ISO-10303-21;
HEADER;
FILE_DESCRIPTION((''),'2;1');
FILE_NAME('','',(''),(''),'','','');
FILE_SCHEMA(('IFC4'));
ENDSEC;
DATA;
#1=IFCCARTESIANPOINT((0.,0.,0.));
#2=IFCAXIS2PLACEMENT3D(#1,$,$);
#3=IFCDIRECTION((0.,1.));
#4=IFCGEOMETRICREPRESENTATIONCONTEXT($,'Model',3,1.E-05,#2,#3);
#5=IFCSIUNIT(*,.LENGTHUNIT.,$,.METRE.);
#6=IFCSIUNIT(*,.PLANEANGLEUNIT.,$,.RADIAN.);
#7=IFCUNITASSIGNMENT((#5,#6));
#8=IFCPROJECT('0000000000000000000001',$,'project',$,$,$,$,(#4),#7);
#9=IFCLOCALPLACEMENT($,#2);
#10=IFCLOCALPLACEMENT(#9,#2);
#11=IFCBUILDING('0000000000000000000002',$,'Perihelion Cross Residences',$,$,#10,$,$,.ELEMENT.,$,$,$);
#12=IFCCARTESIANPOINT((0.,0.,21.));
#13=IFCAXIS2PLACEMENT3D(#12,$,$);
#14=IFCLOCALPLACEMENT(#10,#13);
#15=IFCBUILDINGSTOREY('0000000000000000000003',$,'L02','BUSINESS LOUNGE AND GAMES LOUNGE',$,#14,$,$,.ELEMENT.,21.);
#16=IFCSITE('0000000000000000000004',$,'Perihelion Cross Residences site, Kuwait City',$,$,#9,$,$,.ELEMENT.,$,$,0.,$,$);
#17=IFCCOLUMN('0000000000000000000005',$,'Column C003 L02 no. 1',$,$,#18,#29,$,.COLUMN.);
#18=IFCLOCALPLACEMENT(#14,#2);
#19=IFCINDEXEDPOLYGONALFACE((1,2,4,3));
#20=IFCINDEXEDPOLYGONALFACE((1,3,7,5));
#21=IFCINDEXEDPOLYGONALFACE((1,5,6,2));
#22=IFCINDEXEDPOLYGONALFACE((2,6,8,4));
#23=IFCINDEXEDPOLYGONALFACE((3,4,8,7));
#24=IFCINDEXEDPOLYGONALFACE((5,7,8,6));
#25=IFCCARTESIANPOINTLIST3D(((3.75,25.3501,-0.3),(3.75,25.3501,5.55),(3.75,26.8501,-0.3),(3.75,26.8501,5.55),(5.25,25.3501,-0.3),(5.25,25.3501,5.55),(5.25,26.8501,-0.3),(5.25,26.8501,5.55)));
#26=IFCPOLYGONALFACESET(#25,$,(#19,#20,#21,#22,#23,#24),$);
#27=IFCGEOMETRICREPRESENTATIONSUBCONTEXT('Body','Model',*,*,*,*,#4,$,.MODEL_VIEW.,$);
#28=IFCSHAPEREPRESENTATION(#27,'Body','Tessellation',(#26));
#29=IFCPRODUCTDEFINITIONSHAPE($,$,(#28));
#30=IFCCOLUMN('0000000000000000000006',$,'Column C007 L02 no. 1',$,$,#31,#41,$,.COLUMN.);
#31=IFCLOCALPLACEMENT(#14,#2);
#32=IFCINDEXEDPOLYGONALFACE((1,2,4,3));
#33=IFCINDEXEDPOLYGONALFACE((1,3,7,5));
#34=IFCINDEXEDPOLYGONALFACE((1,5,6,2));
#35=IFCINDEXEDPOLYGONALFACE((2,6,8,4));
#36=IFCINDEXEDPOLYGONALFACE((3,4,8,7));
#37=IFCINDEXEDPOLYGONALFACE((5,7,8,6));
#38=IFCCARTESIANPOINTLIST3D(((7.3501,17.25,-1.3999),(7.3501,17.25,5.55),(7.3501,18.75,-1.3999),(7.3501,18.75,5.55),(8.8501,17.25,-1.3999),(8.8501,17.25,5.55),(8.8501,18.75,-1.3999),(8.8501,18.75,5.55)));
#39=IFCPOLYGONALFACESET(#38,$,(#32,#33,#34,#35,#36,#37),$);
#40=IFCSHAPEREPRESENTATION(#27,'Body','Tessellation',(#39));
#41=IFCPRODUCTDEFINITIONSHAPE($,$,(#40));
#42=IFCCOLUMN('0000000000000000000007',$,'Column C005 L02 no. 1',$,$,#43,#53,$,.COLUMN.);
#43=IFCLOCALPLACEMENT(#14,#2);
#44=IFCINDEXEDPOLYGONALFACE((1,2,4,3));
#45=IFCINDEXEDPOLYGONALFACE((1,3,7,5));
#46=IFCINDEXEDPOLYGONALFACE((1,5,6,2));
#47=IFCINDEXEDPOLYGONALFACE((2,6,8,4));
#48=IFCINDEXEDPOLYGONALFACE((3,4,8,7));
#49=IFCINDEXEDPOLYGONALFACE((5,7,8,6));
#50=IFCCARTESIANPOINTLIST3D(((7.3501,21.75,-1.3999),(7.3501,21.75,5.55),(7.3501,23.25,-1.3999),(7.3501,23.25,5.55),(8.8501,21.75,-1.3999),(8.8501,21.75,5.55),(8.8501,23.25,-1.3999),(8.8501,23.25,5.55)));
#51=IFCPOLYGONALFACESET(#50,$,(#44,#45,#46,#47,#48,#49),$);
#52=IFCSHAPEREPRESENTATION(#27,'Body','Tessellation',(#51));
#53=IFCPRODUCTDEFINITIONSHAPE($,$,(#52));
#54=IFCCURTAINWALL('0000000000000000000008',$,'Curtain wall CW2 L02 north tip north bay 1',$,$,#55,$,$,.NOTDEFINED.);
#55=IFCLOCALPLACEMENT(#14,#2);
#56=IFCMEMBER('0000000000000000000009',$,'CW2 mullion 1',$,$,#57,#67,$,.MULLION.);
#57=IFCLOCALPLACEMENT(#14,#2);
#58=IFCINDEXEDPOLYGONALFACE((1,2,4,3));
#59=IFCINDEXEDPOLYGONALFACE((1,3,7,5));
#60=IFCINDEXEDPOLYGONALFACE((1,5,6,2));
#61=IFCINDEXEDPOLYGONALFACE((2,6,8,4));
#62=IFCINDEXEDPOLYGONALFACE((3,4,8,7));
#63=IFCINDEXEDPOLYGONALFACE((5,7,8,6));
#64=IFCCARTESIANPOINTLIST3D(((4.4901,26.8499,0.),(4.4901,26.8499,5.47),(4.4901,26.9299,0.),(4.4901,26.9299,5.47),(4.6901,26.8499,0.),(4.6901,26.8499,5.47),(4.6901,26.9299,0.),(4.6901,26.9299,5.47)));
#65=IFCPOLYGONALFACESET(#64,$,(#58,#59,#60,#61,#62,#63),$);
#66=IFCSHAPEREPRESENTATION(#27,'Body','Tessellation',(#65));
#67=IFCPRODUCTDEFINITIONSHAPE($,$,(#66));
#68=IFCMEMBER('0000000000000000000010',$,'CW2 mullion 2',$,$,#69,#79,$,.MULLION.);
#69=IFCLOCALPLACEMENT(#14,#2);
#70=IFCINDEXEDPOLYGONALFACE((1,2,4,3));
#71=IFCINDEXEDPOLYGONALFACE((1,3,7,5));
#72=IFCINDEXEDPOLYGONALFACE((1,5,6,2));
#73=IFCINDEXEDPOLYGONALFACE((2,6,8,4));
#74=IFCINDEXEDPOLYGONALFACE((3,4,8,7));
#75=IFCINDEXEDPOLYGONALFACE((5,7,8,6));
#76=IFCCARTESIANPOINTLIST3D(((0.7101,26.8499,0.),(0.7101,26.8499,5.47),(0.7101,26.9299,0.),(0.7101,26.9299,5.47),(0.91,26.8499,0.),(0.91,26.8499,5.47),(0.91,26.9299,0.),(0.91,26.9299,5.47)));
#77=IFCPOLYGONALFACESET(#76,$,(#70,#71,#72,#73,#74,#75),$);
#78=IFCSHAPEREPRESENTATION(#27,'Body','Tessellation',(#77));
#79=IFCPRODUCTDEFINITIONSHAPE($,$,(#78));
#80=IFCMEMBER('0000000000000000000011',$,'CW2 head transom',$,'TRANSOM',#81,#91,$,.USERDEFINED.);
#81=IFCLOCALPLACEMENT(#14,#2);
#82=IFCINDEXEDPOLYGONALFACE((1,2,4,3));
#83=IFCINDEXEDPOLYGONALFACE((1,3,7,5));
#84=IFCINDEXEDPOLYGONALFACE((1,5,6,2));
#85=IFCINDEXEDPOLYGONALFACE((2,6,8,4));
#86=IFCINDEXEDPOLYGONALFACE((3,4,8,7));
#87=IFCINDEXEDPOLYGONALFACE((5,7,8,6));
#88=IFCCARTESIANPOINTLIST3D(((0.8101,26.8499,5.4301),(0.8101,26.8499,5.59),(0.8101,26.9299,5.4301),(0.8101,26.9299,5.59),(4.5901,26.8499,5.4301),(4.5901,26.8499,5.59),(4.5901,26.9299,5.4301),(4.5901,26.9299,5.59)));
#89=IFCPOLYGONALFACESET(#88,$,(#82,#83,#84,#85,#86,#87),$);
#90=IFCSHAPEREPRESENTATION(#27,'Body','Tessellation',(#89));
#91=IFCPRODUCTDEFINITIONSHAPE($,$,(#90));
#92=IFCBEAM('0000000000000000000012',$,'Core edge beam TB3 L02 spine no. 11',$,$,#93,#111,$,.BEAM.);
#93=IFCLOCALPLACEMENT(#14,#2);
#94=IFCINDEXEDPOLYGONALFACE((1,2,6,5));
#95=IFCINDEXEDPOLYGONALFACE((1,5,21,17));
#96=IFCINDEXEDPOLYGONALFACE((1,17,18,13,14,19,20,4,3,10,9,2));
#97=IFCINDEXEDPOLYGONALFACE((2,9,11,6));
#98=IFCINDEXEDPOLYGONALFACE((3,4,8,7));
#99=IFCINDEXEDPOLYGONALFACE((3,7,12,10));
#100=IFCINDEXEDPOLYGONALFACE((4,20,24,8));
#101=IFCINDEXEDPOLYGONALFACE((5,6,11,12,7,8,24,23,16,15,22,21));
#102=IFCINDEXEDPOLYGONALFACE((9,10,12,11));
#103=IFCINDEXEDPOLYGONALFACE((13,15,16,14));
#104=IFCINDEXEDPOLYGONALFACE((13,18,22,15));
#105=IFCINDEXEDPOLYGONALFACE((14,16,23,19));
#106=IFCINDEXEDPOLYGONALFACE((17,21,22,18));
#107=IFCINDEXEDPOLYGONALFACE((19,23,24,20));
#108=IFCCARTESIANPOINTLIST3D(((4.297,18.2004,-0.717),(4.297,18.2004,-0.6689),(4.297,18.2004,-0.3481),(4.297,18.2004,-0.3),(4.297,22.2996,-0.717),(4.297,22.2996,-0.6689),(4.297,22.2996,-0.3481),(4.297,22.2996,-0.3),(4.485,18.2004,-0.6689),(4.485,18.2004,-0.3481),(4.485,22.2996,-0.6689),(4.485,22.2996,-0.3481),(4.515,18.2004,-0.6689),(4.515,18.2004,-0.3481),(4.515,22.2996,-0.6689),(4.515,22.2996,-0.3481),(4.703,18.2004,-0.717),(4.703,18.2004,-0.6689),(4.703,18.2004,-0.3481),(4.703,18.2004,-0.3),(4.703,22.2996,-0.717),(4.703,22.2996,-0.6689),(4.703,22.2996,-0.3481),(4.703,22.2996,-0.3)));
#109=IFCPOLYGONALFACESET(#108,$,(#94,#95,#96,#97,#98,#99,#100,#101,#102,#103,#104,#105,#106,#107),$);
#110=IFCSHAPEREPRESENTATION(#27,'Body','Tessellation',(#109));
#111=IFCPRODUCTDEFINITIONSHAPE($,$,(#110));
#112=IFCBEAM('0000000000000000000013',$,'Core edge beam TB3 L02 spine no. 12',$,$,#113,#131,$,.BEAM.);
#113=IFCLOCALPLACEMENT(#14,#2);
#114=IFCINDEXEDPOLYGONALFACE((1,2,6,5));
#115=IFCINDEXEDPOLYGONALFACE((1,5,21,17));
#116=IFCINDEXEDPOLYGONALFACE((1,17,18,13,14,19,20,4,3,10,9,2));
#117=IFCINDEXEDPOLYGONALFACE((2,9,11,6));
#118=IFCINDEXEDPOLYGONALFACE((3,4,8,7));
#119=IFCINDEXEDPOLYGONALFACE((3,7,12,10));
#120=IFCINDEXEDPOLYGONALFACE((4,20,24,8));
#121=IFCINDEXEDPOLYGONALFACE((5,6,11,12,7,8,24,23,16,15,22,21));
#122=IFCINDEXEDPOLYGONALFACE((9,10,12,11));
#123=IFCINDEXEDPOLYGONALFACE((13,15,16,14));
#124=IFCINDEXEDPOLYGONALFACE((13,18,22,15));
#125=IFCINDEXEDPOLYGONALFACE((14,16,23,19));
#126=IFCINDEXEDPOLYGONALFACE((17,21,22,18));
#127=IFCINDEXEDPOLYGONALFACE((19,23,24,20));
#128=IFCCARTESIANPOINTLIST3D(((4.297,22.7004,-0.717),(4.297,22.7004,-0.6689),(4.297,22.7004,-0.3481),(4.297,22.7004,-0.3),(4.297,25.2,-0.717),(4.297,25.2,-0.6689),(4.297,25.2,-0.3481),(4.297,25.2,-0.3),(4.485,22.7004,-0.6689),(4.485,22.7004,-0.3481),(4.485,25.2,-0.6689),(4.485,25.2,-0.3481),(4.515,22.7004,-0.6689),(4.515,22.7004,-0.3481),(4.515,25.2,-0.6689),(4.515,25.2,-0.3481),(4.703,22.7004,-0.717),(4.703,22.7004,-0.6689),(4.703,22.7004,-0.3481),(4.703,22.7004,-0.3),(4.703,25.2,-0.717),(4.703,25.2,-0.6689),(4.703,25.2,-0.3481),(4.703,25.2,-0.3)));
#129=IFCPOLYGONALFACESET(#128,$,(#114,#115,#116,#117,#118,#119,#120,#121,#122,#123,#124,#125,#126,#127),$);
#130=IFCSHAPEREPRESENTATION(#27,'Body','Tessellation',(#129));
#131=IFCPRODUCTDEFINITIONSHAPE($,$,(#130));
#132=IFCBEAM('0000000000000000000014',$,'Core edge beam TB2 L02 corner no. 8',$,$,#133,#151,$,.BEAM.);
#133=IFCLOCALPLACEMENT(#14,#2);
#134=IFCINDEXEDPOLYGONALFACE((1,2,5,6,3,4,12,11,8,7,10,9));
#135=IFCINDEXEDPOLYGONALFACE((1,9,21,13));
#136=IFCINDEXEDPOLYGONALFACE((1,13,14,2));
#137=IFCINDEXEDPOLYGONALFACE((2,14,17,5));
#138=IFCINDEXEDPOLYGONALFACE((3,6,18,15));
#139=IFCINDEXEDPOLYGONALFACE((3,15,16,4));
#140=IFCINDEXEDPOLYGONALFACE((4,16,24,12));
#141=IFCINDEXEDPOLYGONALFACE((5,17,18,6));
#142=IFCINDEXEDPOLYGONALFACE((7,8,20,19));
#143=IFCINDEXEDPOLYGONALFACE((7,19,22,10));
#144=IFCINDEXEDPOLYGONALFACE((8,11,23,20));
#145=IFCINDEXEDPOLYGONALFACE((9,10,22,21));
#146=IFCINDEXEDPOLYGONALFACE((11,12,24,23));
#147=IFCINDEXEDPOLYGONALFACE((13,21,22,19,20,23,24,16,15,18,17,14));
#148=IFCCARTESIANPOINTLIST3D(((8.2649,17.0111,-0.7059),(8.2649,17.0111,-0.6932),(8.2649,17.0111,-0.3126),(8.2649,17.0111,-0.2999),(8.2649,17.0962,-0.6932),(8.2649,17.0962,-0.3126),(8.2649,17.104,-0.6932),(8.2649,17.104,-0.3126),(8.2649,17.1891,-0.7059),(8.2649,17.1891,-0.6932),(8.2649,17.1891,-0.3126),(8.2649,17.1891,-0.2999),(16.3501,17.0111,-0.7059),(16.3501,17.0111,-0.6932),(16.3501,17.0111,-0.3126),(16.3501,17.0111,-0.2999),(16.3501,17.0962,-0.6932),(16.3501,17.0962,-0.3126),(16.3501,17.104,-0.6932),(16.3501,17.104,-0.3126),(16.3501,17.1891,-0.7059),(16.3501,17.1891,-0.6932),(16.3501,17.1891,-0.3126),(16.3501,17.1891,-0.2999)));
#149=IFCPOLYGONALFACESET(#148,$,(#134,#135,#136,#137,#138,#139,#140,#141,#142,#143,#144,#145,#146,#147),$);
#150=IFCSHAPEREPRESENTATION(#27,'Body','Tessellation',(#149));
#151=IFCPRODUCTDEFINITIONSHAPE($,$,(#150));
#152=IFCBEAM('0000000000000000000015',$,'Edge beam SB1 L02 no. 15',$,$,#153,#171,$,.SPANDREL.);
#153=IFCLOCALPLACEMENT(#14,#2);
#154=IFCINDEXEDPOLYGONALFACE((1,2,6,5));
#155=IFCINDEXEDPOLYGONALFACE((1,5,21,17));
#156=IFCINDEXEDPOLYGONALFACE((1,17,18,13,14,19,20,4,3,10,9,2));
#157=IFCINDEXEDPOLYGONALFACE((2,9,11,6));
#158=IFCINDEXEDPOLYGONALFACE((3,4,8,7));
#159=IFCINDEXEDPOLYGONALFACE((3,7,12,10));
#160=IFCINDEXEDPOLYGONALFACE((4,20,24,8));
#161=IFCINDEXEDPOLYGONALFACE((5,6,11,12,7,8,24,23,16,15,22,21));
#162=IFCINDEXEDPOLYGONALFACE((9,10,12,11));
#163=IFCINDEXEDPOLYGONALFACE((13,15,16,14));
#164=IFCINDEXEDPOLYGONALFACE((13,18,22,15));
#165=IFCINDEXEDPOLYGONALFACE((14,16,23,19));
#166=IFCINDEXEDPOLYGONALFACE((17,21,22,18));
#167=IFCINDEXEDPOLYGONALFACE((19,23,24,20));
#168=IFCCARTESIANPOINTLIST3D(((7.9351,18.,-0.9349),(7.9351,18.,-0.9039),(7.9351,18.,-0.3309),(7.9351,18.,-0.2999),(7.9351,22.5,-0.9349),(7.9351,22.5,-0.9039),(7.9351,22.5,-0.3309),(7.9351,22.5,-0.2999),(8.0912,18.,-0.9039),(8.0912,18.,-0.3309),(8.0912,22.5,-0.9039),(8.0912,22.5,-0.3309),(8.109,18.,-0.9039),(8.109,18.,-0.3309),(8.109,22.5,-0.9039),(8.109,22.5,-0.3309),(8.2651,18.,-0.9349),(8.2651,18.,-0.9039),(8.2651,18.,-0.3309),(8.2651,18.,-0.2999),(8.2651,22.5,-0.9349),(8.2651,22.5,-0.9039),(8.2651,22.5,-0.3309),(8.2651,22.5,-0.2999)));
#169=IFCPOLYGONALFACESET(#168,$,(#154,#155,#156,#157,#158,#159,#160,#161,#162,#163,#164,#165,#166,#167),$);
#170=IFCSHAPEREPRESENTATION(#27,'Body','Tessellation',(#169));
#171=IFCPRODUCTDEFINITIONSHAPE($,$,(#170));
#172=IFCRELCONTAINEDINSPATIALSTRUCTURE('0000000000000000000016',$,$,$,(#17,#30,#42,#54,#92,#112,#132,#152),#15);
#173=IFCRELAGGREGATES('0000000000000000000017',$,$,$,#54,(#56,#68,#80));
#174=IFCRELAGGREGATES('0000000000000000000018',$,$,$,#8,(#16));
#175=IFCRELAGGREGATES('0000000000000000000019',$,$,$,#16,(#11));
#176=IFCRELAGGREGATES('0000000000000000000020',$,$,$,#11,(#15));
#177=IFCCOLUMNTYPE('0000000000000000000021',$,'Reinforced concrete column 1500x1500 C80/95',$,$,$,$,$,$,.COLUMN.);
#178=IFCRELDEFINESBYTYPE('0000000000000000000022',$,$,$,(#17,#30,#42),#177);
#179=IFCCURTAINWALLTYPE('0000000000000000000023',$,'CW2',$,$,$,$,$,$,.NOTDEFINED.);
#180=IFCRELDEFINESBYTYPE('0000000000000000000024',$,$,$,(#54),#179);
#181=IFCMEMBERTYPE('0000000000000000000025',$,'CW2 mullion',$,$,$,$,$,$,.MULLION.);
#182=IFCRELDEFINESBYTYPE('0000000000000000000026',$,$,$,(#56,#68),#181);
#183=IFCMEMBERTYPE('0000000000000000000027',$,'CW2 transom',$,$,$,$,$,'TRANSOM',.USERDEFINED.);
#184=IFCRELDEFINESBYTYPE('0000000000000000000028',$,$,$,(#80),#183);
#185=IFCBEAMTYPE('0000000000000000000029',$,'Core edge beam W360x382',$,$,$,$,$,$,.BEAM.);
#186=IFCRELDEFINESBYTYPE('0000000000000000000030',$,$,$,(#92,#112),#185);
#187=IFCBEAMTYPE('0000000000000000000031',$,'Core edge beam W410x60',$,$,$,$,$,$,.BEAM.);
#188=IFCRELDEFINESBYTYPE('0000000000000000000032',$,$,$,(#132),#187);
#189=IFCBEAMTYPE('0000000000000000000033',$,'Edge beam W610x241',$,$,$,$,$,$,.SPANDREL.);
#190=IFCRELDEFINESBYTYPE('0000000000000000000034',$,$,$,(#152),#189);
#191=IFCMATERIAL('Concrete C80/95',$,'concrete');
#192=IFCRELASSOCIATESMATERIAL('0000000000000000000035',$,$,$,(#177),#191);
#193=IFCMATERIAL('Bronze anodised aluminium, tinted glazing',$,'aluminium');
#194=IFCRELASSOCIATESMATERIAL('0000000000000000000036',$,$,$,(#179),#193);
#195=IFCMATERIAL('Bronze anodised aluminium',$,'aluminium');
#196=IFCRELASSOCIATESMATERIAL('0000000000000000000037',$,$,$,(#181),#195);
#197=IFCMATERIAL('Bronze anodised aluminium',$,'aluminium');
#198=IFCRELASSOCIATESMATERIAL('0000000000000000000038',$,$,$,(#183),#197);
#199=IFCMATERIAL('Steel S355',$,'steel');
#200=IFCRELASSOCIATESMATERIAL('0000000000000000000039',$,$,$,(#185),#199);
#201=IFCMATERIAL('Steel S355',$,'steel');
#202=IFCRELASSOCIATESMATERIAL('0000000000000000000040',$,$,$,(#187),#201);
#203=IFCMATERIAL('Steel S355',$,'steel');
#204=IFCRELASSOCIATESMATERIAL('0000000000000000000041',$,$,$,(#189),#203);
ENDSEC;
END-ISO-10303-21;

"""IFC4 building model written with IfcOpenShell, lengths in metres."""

from ifc_helpers import new_model, si_unit, direction, frame, origin, origin_2d, place, context, subcontext, project, spatial, rectangle, i_section, extrude, material, material_profile, profile_set, type_object, element, aggregate, save


model = new_model("IFC4")

# Units and contexts
model_context = context("Model", 3, precision=1e-05, world=origin(), true_north=direction((0.0, 1.0)))
body_context = subcontext(model_context, "Body", "Model", "MODEL_VIEW")
ifc_project = project(units=[si_unit("LENGTHUNIT", "METRE"), si_unit("PLANEANGLEUNIT", "RADIAN")], contexts=[model_context])

# Site, building, storey
site_placement = place(None, origin())
site = spatial("IfcSite", under=ifc_project, at=site_placement, Name="Perihelion Cross Residences site, Kuwait City", CompositionType="ELEMENT", RefElevation=0.0)
building_placement = place(site_placement, origin())
building = spatial("IfcBuilding", under=site, at=building_placement, Name="Perihelion Cross Residences", CompositionType="ELEMENT")
storey_placement = place(building_placement, frame((0.0, 0.0, 21.0)))
storey = spatial("IfcBuildingStorey", under=building, at=storey_placement, Name="L02", Description="BUSINESS LOUNGE AND GAMES LOUNGE", CompositionType="ELEMENT", Elevation=21.0)

# Columns
ifc_material_1 = material(Name="Concrete C80/95", Category="concrete")
ifc_material_profile_1 = material_profile(ifc_material_1, rectangle(XDim=1.5, YDim=1.5, at=origin_2d()), Name="RC 1500x1500")
ifc_profile_set_1 = profile_set([ifc_material_profile_1], Name="Concrete C80/95")
column_type = type_object("IfcColumnType", Name="Reinforced concrete column 1500x1500 C80/95", PredefinedType="COLUMN", material=ifc_profile_set_1)
column_placement = place(storey_placement, frame((4.5, 26.1001, -0.3), z_axis=(0.0, 0.0, 1.0), x_axis=(1.0, 0.0, 0.0)))
element("IfcColumn", 1, at=column_placement, inside=storey, type_object=column_type, Name="Column C003 L02 no. 1", PredefinedType="COLUMN", context=body_context, shape_type="SweptSolid", body=[
    extrude(rectangle(XDim=1.5, YDim=1.5, at=origin_2d()), origin(), (0.0, 0.0, 1.0), 5.8501),
])
for number, where, z_axis, x_axis, name in (
    (2, (8.1001, 18.0, -1.3999), (0.0, 0.0, 1.0), (1.0, 0.0, 0.0), "Column C007 L02 no. 1"),
    (3, (8.1001, 22.5, -1.3999), (0.0, 0.0, 1.0), (1.0, 0.0, 0.0), "Column C005 L02 no. 1"),
):
    element("IfcColumn", number, at=place(storey_placement, frame(where, z_axis=z_axis, x_axis=x_axis)), inside=storey, type_object=column_type, Name=name, PredefinedType="COLUMN", context=body_context, shape_type="SweptSolid", body=[
        extrude(rectangle(XDim=1.5, YDim=1.5, at=origin_2d()), origin(), (0.0, 0.0, 1.0), 6.95),
    ])

# Curtain wall, members
ifc_material_2 = material(Name="Bronze anodised aluminium, tinted glazing", Category="aluminium")
curtain_wall_type = type_object("IfcCurtainWallType", Name="CW2", PredefinedType="NOTDEFINED", material=ifc_material_2)
curtain_wall_placement = place(storey_placement, origin())
curtain_wall = element("IfcCurtainWall", 4, at=curtain_wall_placement, inside=storey, type_object=curtain_wall_type, Name="Curtain wall CW2 L02 north tip north bay 1", PredefinedType="NOTDEFINED")
ifc_material_3 = material(Name="Bronze anodised aluminium", Category="aluminium")
ifc_material_profile_2 = material_profile(ifc_material_3, rectangle(XDim=0.0801, YDim=0.2, at=origin_2d()), Name="CW2 mullion")
ifc_profile_set_2 = profile_set([ifc_material_profile_2], Name="Bronze anodised aluminium")
member_type_1 = type_object("IfcMemberType", Name="CW2 mullion", PredefinedType="MULLION", material=ifc_profile_set_2)
member_1_placement = place(storey_placement, frame((4.5901, 26.8899, 0.0), z_axis=(0.0, 0.0, 1.0), x_axis=(0.0, -1.0, 0.0)))
member_1 = element("IfcMember", 5, at=member_1_placement, type_object=member_type_1, Name="CW2 mullion 1", PredefinedType="MULLION", context=body_context, shape_type="SweptSolid", body=[
    extrude(rectangle(XDim=0.0801, YDim=0.2, at=origin_2d()), origin(), (0.0, 0.0, 1.0), 5.47),
])
member_2_placement = place(storey_placement, frame((0.8101, 26.8899, 0.0), z_axis=(0.0, 0.0, 1.0), x_axis=(0.0, -1.0, 0.0)))
member_2 = element("IfcMember", 6, at=member_2_placement, type_object=member_type_1, Name="CW2 mullion 2", PredefinedType="MULLION", context=body_context, shape_type="SweptSolid", body=[
    extrude(rectangle(XDim=0.0801, YDim=0.2, at=origin_2d()), origin(), (0.0, 0.0, 1.0), 5.47),
])
ifc_material_4 = material(Name="Bronze anodised aluminium", Category="aluminium")
ifc_material_profile_3 = material_profile(ifc_material_4, rectangle(XDim=0.0801, YDim=0.1599, at=origin_2d()), Name="CW2 transom")
ifc_profile_set_3 = profile_set([ifc_material_profile_3], Name="Bronze anodised aluminium")
member_type_2 = type_object("IfcMemberType", Name="CW2 transom", ElementType="TRANSOM", PredefinedType="USERDEFINED", material=ifc_profile_set_3)
member_3_placement = place(storey_placement, frame((4.5901, 26.8899, 5.51), z_axis=(-1.0, 0.0, 0.0), x_axis=(0.0, -1.0, 0.0)))
member_3 = element("IfcMember", 7, at=member_3_placement, type_object=member_type_2, Name="CW2 head transom", ObjectType="TRANSOM", PredefinedType="USERDEFINED", context=body_context, shape_type="SweptSolid", body=[
    extrude(rectangle(XDim=0.0801, YDim=0.1599, at=origin_2d()), origin(), (0.0, 0.0, 1.0), 3.78),
])

# Beams
ifc_material_5 = material(Name="Steel S355", Category="steel")
ifc_material_profile_4 = material_profile(ifc_material_5, i_section(OverallWidth=0.406, OverallDepth=0.417, WebThickness=0.03, FlangeThickness=0.0481, at=origin_2d()), Name="W360x382")
ifc_profile_set_4 = profile_set([ifc_material_profile_4], Name="Steel S355")
beam_type_1 = type_object("IfcBeamType", Name="Core edge beam W360x382", PredefinedType="BEAM", material=ifc_profile_set_4)
beam_1_placement = place(storey_placement, frame((4.5, 18.2004, -0.5085), z_axis=(0.0, 1.0, 0.0), x_axis=(-1.0, 0.0, 0.0)))
element("IfcBeam", 8, at=beam_1_placement, inside=storey, type_object=beam_type_1, Name="Core edge beam TB3 L02 spine no. 11", PredefinedType="BEAM", context=body_context, shape_type="SweptSolid", body=[
    extrude(i_section(OverallWidth=0.406, OverallDepth=0.417, WebThickness=0.03, FlangeThickness=0.0481, at=origin_2d()), origin(), (0.0, 0.0, 1.0), 4.0991),
])
beam_2_placement = place(storey_placement, frame((4.5, 22.7004, -0.5085), z_axis=(0.0, 1.0, 0.0), x_axis=(-1.0, 0.0, 0.0)))
element("IfcBeam", 9, at=beam_2_placement, inside=storey, type_object=beam_type_1, Name="Core edge beam TB3 L02 spine no. 12", PredefinedType="BEAM", context=body_context, shape_type="SweptSolid", body=[
    extrude(i_section(OverallWidth=0.406, OverallDepth=0.417, WebThickness=0.03, FlangeThickness=0.0481, at=origin_2d()), origin(), (0.0, 0.0, 1.0), 2.4995),
])
ifc_material_6 = material(Name="Steel S355", Category="steel")
ifc_material_profile_5 = material_profile(ifc_material_6, i_section(OverallWidth=0.178, OverallDepth=0.406, WebThickness=0.0078, FlangeThickness=0.0127, at=origin_2d()), Name="W410x60")
ifc_profile_set_5 = profile_set([ifc_material_profile_5], Name="Steel S355")
beam_type_2 = type_object("IfcBeamType", Name="Core edge beam W410x60", PredefinedType="BEAM", material=ifc_profile_set_5)
beam_3_placement = place(storey_placement, frame((8.2649, 17.1001, -0.5029), z_axis=(1.0, 0.0, 0.0), x_axis=(0.0, 1.0, 0.0)))
element("IfcBeam", 10, at=beam_3_placement, inside=storey, type_object=beam_type_2, Name="Core edge beam TB2 L02 corner no. 8", PredefinedType="BEAM", context=body_context, shape_type="SweptSolid", body=[
    extrude(i_section(OverallWidth=0.178, OverallDepth=0.406, WebThickness=0.0078, FlangeThickness=0.0127, at=origin_2d()), origin(), (0.0, 0.0, 1.0), 8.0852),
])
ifc_material_7 = material(Name="Steel S355", Category="steel")
ifc_material_profile_6 = material_profile(ifc_material_7, i_section(OverallWidth=0.3301, OverallDepth=0.635, WebThickness=0.0178, FlangeThickness=0.031, at=origin_2d()), Name="W610x241")
ifc_profile_set_6 = profile_set([ifc_material_profile_6], Name="Steel S355")
beam_type_3 = type_object("IfcBeamType", Name="Edge beam W610x241", PredefinedType="SPANDREL", material=ifc_profile_set_6)
beam_4_placement = place(storey_placement, frame((8.1001, 18.0, -0.6174), z_axis=(0.0, 1.0, 0.0), x_axis=(-1.0, 0.0, 0.0)))
element("IfcBeam", 11, at=beam_4_placement, inside=storey, type_object=beam_type_3, Name="Edge beam SB1 L02 no. 15", PredefinedType="SPANDREL", context=body_context, shape_type="SweptSolid", body=[
    extrude(i_section(OverallWidth=0.3301, OverallDepth=0.635, WebThickness=0.0178, FlangeThickness=0.031, at=origin_2d()), origin(), (0.0, 0.0, 1.0), 4.5),
])

aggregate(curtain_wall, [member_1, member_2, member_3])

save(model, "model.ifc")
